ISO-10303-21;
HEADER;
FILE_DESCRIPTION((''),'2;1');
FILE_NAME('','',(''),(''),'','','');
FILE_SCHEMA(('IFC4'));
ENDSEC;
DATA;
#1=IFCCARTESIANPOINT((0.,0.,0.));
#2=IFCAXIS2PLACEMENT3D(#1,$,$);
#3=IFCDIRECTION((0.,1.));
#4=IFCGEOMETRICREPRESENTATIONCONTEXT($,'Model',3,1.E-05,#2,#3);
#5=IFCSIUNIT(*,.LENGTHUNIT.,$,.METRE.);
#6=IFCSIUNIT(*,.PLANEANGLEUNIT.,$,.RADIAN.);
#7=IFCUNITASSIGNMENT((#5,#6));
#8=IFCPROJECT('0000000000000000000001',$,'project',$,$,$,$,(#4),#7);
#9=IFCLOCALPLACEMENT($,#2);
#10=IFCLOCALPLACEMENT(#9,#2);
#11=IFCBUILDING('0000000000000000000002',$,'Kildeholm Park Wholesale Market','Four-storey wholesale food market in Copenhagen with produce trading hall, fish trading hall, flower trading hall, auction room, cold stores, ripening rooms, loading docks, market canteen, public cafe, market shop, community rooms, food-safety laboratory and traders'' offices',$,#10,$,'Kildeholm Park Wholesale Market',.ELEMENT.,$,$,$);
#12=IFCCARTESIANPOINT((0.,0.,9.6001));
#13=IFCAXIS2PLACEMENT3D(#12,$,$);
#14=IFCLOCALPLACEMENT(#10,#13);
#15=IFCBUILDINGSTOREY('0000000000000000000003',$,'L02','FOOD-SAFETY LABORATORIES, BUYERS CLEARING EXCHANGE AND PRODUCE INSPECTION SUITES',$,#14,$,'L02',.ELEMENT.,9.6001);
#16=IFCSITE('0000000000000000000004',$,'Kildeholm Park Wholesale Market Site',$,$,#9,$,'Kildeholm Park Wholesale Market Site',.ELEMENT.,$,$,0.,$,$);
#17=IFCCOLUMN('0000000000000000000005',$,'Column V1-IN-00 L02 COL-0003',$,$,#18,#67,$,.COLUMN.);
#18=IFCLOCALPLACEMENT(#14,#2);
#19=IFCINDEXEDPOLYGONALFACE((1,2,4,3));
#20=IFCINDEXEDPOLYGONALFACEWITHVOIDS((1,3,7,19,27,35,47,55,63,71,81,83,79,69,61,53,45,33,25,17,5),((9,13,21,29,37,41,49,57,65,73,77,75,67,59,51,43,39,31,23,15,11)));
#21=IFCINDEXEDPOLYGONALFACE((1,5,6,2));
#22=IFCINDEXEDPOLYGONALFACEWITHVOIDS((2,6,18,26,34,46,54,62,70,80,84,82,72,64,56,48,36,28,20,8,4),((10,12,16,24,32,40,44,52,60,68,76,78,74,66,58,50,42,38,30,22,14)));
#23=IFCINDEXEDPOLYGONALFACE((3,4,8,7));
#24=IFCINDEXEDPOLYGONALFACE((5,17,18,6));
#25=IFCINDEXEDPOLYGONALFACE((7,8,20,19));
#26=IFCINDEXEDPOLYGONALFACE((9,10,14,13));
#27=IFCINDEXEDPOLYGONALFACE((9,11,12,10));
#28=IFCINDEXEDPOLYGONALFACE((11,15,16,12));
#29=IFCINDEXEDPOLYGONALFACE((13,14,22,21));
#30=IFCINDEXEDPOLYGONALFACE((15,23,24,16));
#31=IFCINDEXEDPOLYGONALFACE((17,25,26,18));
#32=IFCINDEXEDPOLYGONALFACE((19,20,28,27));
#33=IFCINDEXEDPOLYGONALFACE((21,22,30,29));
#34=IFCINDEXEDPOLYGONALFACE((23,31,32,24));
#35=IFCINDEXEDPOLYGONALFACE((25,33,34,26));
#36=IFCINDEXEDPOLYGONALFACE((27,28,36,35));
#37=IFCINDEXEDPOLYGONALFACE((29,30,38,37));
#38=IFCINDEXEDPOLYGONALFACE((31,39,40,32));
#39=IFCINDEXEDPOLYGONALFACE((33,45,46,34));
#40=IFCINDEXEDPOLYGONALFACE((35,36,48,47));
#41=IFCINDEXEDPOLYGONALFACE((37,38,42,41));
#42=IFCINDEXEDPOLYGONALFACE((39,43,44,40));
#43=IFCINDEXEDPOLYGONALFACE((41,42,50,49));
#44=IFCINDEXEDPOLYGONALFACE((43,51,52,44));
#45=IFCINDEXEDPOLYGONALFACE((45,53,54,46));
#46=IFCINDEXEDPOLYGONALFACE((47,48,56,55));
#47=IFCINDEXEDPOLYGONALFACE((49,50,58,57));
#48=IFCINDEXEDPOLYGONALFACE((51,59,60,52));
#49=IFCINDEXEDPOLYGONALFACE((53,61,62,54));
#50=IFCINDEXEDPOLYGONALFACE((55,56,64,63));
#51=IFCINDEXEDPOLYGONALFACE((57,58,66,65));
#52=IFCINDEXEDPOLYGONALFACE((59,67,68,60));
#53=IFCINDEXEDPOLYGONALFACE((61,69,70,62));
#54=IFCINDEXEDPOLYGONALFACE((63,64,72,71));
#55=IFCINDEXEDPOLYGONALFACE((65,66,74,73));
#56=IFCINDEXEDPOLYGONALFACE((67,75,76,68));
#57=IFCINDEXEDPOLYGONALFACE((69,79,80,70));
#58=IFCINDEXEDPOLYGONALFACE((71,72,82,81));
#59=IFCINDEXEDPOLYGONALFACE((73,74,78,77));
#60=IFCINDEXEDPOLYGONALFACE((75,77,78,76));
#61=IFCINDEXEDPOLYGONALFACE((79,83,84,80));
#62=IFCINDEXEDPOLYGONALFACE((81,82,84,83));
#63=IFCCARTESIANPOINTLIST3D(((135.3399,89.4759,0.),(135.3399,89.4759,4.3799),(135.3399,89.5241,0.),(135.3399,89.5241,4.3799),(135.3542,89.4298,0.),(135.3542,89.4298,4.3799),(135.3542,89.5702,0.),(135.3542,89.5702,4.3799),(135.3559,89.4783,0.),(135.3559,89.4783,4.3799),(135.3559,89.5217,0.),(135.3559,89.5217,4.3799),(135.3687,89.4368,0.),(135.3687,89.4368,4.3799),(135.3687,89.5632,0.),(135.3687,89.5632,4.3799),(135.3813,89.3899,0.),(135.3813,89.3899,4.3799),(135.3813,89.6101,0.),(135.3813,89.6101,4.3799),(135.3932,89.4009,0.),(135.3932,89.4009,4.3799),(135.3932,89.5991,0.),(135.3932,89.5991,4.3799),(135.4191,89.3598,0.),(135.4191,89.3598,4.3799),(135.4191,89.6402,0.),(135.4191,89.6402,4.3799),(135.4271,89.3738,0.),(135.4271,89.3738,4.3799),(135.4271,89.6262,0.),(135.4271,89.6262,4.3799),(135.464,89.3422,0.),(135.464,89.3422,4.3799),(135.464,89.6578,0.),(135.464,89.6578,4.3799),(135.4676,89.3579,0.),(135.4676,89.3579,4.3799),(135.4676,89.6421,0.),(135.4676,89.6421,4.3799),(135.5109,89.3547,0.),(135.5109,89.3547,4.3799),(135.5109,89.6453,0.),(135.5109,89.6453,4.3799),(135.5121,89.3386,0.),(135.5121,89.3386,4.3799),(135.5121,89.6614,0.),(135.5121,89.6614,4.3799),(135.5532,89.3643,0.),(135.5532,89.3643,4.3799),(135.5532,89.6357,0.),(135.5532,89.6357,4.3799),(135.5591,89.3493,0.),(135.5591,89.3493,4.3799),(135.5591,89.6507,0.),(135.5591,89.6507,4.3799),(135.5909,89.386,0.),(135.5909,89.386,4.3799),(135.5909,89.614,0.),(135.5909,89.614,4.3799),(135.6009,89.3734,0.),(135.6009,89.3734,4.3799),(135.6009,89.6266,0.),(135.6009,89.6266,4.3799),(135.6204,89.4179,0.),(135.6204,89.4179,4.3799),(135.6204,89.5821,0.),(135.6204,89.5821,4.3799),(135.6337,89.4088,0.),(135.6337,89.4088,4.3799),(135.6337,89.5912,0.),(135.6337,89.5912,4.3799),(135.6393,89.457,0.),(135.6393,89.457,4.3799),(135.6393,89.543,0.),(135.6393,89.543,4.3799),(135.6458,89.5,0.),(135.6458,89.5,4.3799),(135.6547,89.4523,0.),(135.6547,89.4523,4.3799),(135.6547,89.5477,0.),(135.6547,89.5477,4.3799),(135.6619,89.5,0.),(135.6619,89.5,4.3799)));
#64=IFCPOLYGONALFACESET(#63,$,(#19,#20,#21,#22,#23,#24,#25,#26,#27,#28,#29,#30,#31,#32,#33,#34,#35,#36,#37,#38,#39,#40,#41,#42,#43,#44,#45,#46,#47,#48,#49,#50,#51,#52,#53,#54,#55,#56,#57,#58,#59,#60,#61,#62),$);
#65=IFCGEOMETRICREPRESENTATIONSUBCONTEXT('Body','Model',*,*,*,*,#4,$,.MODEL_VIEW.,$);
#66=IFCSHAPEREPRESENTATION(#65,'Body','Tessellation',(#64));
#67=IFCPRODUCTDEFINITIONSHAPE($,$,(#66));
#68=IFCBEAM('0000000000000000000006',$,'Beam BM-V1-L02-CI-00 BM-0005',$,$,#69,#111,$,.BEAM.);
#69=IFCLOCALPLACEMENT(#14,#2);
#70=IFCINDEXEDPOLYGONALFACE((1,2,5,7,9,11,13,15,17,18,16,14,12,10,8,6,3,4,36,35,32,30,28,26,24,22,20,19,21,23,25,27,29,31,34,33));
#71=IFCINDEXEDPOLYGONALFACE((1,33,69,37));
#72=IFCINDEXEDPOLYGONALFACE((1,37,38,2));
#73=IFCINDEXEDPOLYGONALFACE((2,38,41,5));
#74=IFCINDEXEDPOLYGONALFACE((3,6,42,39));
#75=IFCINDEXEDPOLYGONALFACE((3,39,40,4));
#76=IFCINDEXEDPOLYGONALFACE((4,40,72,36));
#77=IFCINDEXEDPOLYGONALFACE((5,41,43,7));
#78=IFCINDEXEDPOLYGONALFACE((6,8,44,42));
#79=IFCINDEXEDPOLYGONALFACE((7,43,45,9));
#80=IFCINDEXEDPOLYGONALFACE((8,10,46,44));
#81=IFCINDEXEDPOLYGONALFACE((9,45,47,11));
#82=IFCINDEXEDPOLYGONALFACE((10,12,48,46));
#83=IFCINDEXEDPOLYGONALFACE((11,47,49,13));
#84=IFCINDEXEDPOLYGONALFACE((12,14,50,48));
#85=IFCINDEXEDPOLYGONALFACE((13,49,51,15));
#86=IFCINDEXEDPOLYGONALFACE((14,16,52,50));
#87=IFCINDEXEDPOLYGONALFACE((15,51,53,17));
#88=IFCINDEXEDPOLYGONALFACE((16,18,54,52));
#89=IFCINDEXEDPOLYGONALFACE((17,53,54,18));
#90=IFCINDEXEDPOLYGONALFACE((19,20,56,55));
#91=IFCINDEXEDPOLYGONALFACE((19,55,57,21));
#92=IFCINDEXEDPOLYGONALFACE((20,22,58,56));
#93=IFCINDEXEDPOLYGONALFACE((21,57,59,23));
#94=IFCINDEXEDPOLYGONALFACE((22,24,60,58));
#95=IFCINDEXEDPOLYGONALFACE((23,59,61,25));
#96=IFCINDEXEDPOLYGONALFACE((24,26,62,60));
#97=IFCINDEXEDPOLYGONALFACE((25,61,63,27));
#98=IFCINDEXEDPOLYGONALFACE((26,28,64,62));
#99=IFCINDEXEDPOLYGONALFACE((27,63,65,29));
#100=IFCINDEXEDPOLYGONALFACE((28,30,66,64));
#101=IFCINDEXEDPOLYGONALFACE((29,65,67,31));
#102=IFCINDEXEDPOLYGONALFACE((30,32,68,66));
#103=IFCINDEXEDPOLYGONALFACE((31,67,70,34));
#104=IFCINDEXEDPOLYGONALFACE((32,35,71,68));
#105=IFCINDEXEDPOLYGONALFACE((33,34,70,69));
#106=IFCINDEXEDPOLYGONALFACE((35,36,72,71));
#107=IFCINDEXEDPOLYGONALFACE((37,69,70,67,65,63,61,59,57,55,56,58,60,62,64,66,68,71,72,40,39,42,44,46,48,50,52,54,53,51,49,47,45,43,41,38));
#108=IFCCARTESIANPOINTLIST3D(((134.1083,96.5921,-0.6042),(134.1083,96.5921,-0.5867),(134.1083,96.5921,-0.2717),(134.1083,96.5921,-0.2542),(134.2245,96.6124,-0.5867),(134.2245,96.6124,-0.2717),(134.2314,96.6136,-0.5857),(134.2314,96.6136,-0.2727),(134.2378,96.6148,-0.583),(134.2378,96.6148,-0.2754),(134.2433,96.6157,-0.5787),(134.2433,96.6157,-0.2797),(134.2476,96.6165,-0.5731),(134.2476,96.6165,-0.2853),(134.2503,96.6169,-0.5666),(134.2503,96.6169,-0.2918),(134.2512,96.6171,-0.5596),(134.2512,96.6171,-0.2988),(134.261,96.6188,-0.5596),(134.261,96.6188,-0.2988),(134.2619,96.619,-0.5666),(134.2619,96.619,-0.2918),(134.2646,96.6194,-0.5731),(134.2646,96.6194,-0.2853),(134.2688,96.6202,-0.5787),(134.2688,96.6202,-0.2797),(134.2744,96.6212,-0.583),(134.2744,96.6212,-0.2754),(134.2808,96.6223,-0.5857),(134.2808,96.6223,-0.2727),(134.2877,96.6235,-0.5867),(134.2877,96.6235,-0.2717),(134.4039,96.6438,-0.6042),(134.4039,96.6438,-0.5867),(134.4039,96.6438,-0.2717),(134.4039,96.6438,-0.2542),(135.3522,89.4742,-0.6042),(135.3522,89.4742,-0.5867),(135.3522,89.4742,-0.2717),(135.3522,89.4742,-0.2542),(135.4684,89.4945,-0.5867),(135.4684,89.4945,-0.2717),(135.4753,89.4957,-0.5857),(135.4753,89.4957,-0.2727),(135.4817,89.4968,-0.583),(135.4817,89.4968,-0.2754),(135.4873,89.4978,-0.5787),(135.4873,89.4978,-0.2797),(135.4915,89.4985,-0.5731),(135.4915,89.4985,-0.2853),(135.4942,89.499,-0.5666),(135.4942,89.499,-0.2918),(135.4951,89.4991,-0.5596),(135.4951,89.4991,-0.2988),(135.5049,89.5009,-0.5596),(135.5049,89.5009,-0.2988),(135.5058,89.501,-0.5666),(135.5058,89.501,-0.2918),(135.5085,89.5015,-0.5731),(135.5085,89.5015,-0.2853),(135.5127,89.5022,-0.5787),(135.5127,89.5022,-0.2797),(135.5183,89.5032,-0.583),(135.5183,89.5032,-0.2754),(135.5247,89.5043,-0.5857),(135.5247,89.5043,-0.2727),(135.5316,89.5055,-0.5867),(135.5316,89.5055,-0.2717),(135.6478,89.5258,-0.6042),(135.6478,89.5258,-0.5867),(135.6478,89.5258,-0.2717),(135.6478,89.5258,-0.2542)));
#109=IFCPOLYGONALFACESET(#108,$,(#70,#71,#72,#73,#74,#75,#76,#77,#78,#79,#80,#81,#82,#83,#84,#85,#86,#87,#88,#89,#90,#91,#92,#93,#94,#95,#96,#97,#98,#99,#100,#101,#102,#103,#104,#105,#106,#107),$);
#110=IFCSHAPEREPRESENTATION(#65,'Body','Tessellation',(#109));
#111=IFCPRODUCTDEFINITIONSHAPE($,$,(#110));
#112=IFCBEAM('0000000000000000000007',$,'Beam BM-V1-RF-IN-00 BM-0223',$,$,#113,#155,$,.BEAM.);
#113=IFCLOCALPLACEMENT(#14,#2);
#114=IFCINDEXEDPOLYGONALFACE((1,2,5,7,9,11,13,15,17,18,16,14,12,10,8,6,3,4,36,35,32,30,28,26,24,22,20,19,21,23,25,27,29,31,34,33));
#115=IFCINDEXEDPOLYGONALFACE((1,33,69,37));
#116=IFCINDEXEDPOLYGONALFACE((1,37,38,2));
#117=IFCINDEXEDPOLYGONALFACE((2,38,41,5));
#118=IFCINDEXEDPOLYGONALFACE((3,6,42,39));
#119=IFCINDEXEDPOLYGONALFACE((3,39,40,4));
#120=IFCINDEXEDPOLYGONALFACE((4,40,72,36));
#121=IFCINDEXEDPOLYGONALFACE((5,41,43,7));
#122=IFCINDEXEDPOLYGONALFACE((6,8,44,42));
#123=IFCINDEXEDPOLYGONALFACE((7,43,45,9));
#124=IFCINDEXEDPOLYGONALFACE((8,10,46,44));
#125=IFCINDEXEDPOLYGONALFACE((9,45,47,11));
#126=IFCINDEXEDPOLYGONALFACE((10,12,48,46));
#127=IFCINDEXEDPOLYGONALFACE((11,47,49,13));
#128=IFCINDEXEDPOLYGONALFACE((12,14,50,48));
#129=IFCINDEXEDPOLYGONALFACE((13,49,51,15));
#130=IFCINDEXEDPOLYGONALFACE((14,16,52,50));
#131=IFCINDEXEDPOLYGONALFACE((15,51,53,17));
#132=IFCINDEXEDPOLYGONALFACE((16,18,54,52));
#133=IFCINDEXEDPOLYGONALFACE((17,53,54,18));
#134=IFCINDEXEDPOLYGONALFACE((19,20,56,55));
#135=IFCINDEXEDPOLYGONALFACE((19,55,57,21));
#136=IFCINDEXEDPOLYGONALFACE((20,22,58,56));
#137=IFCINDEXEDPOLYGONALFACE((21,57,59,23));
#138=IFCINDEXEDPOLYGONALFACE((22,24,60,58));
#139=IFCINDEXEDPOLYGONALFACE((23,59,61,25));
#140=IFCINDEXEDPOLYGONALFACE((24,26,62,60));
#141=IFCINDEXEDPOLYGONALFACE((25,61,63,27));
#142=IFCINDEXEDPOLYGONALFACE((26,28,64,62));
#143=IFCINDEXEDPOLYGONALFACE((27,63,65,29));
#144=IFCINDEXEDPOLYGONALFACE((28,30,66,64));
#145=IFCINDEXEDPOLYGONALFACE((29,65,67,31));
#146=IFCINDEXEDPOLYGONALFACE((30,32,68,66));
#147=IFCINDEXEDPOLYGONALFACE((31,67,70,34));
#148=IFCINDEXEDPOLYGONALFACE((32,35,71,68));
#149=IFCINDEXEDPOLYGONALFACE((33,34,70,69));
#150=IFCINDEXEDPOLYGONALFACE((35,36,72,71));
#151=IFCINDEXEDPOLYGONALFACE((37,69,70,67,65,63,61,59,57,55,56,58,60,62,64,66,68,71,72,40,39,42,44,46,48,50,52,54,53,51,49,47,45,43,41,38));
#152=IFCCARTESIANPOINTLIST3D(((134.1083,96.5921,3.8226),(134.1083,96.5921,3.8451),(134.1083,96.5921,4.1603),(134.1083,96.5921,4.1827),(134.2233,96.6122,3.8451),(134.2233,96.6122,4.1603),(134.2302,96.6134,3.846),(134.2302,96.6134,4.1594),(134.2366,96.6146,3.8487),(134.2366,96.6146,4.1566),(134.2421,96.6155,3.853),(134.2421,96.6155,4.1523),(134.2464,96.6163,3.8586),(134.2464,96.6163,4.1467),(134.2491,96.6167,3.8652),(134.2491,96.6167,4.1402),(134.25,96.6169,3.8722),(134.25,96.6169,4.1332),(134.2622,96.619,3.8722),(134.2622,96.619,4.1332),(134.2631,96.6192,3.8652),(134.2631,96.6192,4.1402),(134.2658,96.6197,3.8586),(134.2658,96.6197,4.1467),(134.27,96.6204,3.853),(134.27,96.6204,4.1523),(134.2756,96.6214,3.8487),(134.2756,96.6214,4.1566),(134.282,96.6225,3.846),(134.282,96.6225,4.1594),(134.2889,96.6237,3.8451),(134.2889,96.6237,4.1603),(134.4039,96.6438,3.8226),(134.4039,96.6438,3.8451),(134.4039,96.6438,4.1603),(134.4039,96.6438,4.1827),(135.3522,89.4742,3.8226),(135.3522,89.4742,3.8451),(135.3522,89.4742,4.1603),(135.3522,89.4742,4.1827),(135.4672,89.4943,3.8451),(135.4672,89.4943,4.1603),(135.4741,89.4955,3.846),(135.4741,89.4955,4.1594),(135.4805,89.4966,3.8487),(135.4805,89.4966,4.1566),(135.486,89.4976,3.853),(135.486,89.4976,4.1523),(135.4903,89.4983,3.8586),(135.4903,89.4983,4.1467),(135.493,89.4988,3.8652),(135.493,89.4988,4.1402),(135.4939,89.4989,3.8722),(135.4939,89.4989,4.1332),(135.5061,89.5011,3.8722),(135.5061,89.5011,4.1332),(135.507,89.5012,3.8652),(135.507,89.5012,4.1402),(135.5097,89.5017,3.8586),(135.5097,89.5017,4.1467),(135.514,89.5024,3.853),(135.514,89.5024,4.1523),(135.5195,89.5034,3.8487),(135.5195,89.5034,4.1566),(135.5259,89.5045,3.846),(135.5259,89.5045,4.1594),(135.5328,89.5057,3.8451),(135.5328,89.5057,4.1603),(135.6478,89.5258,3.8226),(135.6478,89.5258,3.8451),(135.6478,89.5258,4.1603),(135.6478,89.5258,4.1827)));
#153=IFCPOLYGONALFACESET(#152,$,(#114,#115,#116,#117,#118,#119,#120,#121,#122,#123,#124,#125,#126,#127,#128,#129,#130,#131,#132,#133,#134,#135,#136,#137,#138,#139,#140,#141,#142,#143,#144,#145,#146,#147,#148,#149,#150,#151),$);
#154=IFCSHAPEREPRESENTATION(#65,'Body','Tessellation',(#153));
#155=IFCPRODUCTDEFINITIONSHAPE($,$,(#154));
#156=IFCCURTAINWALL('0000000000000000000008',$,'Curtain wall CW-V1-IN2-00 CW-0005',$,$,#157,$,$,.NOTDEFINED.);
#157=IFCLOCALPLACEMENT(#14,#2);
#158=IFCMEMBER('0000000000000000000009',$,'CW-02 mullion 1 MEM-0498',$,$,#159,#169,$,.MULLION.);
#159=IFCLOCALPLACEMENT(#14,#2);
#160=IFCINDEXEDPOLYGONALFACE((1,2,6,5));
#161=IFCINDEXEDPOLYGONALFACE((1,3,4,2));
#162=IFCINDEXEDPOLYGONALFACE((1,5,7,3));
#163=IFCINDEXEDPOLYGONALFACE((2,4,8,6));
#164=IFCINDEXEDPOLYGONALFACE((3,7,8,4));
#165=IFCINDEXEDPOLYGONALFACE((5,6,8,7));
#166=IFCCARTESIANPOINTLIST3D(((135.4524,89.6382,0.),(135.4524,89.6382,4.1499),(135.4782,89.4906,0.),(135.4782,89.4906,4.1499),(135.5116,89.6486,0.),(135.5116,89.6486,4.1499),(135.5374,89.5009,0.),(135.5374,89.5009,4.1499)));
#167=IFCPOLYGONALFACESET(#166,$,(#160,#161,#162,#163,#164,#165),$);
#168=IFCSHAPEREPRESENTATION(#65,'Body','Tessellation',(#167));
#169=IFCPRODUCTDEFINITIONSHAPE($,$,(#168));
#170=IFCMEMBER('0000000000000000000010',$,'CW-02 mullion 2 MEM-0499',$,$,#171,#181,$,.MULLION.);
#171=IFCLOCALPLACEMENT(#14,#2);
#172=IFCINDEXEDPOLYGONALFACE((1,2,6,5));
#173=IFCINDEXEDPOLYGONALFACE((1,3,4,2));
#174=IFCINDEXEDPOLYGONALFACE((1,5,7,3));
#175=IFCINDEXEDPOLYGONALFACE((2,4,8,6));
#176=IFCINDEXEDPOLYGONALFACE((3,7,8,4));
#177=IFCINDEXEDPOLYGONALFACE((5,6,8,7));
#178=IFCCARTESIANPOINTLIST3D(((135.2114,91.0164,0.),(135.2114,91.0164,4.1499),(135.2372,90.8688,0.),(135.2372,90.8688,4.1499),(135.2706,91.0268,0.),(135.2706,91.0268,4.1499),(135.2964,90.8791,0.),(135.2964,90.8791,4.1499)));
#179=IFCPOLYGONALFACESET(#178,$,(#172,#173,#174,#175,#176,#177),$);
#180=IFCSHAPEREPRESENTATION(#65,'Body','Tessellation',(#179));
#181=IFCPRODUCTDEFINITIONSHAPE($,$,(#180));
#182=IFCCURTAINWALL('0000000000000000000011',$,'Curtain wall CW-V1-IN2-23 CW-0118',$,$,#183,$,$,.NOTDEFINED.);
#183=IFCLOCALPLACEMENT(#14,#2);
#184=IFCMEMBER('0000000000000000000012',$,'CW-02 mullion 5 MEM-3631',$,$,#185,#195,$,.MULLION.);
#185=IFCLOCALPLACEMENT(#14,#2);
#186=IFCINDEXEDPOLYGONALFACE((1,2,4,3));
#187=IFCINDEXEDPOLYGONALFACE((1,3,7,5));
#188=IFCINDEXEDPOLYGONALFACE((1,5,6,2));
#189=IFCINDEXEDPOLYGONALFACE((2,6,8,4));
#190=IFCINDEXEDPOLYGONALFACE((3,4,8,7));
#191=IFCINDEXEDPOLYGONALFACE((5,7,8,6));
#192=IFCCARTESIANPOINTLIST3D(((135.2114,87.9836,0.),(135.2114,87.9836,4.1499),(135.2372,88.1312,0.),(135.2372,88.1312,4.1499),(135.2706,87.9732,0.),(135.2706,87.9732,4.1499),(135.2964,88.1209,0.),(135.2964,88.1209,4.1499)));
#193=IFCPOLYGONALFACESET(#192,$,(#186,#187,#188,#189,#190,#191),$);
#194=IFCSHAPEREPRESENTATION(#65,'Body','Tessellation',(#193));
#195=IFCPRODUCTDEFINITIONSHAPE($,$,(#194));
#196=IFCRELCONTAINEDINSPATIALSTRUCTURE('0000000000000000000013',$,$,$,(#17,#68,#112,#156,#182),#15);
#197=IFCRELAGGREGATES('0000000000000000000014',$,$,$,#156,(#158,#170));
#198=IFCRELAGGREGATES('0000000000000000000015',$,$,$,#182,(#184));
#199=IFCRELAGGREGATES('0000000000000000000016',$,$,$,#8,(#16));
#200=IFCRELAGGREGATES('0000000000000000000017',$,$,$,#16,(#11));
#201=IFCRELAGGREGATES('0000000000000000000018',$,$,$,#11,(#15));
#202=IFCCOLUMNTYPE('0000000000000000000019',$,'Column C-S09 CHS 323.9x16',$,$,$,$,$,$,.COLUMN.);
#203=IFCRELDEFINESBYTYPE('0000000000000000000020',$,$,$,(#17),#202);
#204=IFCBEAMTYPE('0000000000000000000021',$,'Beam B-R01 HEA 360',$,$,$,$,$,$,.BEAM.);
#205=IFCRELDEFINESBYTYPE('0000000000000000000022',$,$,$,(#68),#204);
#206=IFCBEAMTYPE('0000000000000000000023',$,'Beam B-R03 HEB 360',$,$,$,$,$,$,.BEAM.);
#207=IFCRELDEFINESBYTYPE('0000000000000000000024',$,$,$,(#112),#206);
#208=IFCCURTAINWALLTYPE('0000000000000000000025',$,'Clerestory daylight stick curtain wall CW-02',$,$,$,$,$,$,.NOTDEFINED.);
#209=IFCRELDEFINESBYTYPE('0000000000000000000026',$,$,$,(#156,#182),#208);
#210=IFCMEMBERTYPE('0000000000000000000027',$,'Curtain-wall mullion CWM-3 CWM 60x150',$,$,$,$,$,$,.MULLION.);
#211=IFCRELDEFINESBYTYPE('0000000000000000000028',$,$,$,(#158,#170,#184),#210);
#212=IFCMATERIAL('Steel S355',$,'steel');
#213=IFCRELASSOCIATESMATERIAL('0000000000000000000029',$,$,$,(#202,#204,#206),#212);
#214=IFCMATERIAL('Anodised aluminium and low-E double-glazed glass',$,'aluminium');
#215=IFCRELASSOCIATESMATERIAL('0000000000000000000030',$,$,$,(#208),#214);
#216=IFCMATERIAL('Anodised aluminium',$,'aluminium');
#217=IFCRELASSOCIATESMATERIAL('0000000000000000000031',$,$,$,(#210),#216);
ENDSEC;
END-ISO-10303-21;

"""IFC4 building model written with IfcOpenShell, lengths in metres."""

from ifc_helpers import new_model, si_unit, direction, frame, origin, origin_2d, place, context, subcontext, project, spatial, rectangle, hollow_circle, i_section, extrude, material, material_profile, profile_set, type_object, element, aggregate, save


model = new_model("IFC4")

# Units and contexts
model_context = context("Model", 3, precision=1e-05, world=origin(), true_north=direction((0.0, 1.0)))
body_context = subcontext(model_context, "Body", "Model", "MODEL_VIEW")
ifc_project = project(units=[si_unit("LENGTHUNIT", "METRE"), si_unit("PLANEANGLEUNIT", "RADIAN")], contexts=[model_context])

# Site, building, storey
site_placement = place(None, origin())
site = spatial("IfcSite", under=ifc_project, at=site_placement, Name="Kildeholm Park Wholesale Market Site", LongName="Kildeholm Park Wholesale Market Site", CompositionType="ELEMENT", RefElevation=0.0)
building_placement = place(site_placement, origin())
building = spatial("IfcBuilding", under=site, at=building_placement, Name="Kildeholm Park Wholesale Market", Description="Four-storey wholesale food market in Copenhagen with produce trading hall, fish trading hall, flower trading hall, auction room, cold stores, ripening rooms, loading docks, market canteen, public cafe, market shop, community rooms, food-safety laboratory and traders' offices", LongName="Kildeholm Park Wholesale Market", CompositionType="ELEMENT")
storey_placement = place(building_placement, frame((0.0, 0.0, 9.6001)))
storey = spatial("IfcBuildingStorey", under=building, at=storey_placement, Name="L02", Description="FOOD-SAFETY LABORATORIES, BUYERS CLEARING EXCHANGE AND PRODUCE INSPECTION SUITES", LongName="L02", CompositionType="ELEMENT", Elevation=9.6001)

# Column
ifc_material_1 = material(Name="Steel S355", Category="steel")
ifc_material_profile_1 = material_profile(ifc_material_1, hollow_circle(Radius=0.1619, WallThickness=0.0161, at=origin_2d()), Name="CHS 323.9x16")
ifc_profile_set_1 = profile_set([ifc_material_profile_1], Name="Steel S355")
column_type = type_object("IfcColumnType", Name="Column C-S09 CHS 323.9x16", PredefinedType="COLUMN", material=ifc_profile_set_1)
column_placement = place(storey_placement, frame((135.5, 89.5, 0.0), z_axis=(0.0, 0.0, 1.0), x_axis=(1.0, 0.0, 0.0)))
element("IfcColumn", 1, at=column_placement, inside=storey, type_object=column_type, Name="Column V1-IN-00 L02 COL-0003", PredefinedType="COLUMN", context=body_context, shape_type="SweptSolid", body=[
    extrude(hollow_circle(Radius=0.1619, WallThickness=0.0161, at=origin_2d()), origin(), (0.0, 0.0, 1.0), 4.3799),
])

# Beams
ifc_material_profile_2 = material_profile(ifc_material_1, i_section(OverallWidth=0.3, OverallDepth=0.3501, WebThickness=0.01, FlangeThickness=0.0176, FilletRadius=0.0271, at=origin_2d()), Name="HEA 360")
ifc_profile_set_2 = profile_set([ifc_material_profile_2], Name="Steel S355")
beam_type_1 = type_object("IfcBeamType", Name="Beam B-R01 HEA 360", PredefinedType="BEAM", material=ifc_profile_set_2)
beam_1_placement = place(storey_placement, frame((135.5, 89.5, -0.4292), z_axis=(-0.172147, 0.985071, 0.0), x_axis=(-0.985071, -0.172147, 0.0)))
element("IfcBeam", 2, at=beam_1_placement, inside=storey, type_object=beam_type_1, Name="Beam BM-V1-L02-CI-00 BM-0005", PredefinedType="BEAM", context=body_context, shape_type="SweptSolid", body=[
    extrude(i_section(OverallWidth=0.3, OverallDepth=0.3501, WebThickness=0.01, FlangeThickness=0.0176, FilletRadius=0.0271, at=origin_2d()), origin(), (0.0, 0.0, 1.0), 7.2258),
])
ifc_material_profile_3 = material_profile(ifc_material_1, i_section(OverallWidth=0.3, OverallDepth=0.3601, WebThickness=0.0125, FlangeThickness=0.0225, FilletRadius=0.0271, at=origin_2d()), Name="HEB 360")
ifc_profile_set_3 = profile_set([ifc_material_profile_3], Name="Steel S355")
beam_type_2 = type_object("IfcBeamType", Name="Beam B-R03 HEB 360", PredefinedType="BEAM", material=ifc_profile_set_3)
beam_2_placement = place(storey_placement, frame((135.5, 89.5, 4.0027), z_axis=(-0.172147, 0.985071, 0.0), x_axis=(-0.985071, -0.172147, 0.0)))
element("IfcBeam", 3, at=beam_2_placement, inside=storey, type_object=beam_type_2, Name="Beam BM-V1-RF-IN-00 BM-0223", PredefinedType="BEAM", context=body_context, shape_type="SweptSolid", body=[
    extrude(i_section(OverallWidth=0.3, OverallDepth=0.3601, WebThickness=0.0125, FlangeThickness=0.0225, FilletRadius=0.0271, at=origin_2d()), origin(), (0.0, 0.0, 1.0), 7.2258),
])

# Curtain walls, members
ifc_material_2 = material(Name="Anodised aluminium and low-E double-glazed glass", Category="aluminium")
curtain_wall_type = type_object("IfcCurtainWallType", Name="Clerestory daylight stick curtain wall CW-02", PredefinedType="NOTDEFINED", material=ifc_material_2)
curtain_wall_1_placement = place(storey_placement, origin())
curtain_wall_1 = element("IfcCurtainWall", 4, at=curtain_wall_1_placement, inside=storey, type_object=curtain_wall_type, Name="Curtain wall CW-V1-IN2-00 CW-0005", PredefinedType="NOTDEFINED")
ifc_material_3 = material(Name="Anodised aluminium", Category="aluminium")
ifc_material_profile_4 = material_profile(ifc_material_3, rectangle(XDim=0.0601, YDim=0.1499, at=origin_2d()), Name="CWM 60x150")
ifc_profile_set_4 = profile_set([ifc_material_profile_4], Name="Anodised aluminium")
member_type_1 = type_object("IfcMemberType", Name="Curtain-wall mullion CWM-3 CWM 60x150", PredefinedType="MULLION", material=ifc_profile_set_4)
member_1_placement = place(storey_placement, frame((135.4949, 89.5696, 0.0), z_axis=(0.0, 0.0, 1.0), x_axis=(-0.985074, -0.172133, 0.0)))
member_1 = element("IfcMember", 5, at=member_1_placement, type_object=member_type_1, Name="CW-02 mullion 1 MEM-0498", PredefinedType="MULLION", context=body_context, shape_type="SweptSolid", body=[
    extrude(rectangle(XDim=0.0601, YDim=0.1499, at=origin_2d()), origin(), (0.0, 0.0, 1.0), 4.1499),
])
member_2_placement = place(storey_placement, frame((135.2539, 90.9478, 0.0), z_axis=(0.0, 0.0, 1.0), x_axis=(-0.985074, -0.172133, 0.0)))
member_2 = element("IfcMember", 6, at=member_2_placement, type_object=member_type_1, Name="CW-02 mullion 2 MEM-0499", PredefinedType="MULLION", context=body_context, shape_type="SweptSolid", body=[
    extrude(rectangle(XDim=0.0601, YDim=0.1499, at=origin_2d()), origin(), (0.0, 0.0, 1.0), 4.1499),
])
curtain_wall_2_placement = place(storey_placement, origin())
curtain_wall_2 = element("IfcCurtainWall", 7, at=curtain_wall_2_placement, inside=storey, type_object=curtain_wall_type, Name="Curtain wall CW-V1-IN2-23 CW-0118", PredefinedType="NOTDEFINED")
member_3_placement = place(storey_placement, frame((135.2539, 88.0522, 0.0), z_axis=(0.0, 0.0, 1.0), x_axis=(-0.985074, 0.172133, 0.0)))
member_3 = element("IfcMember", 8, at=member_3_placement, type_object=member_type_1, Name="CW-02 mullion 5 MEM-3631", PredefinedType="MULLION", context=body_context, shape_type="SweptSolid", body=[
    extrude(rectangle(XDim=0.0601, YDim=0.1499, at=origin_2d()), origin(), (0.0, 0.0, 1.0), 4.1499),
])

aggregate(curtain_wall_1, [member_1, member_2])
aggregate(curtain_wall_2, [member_3])

save(model, "model.ifc")
